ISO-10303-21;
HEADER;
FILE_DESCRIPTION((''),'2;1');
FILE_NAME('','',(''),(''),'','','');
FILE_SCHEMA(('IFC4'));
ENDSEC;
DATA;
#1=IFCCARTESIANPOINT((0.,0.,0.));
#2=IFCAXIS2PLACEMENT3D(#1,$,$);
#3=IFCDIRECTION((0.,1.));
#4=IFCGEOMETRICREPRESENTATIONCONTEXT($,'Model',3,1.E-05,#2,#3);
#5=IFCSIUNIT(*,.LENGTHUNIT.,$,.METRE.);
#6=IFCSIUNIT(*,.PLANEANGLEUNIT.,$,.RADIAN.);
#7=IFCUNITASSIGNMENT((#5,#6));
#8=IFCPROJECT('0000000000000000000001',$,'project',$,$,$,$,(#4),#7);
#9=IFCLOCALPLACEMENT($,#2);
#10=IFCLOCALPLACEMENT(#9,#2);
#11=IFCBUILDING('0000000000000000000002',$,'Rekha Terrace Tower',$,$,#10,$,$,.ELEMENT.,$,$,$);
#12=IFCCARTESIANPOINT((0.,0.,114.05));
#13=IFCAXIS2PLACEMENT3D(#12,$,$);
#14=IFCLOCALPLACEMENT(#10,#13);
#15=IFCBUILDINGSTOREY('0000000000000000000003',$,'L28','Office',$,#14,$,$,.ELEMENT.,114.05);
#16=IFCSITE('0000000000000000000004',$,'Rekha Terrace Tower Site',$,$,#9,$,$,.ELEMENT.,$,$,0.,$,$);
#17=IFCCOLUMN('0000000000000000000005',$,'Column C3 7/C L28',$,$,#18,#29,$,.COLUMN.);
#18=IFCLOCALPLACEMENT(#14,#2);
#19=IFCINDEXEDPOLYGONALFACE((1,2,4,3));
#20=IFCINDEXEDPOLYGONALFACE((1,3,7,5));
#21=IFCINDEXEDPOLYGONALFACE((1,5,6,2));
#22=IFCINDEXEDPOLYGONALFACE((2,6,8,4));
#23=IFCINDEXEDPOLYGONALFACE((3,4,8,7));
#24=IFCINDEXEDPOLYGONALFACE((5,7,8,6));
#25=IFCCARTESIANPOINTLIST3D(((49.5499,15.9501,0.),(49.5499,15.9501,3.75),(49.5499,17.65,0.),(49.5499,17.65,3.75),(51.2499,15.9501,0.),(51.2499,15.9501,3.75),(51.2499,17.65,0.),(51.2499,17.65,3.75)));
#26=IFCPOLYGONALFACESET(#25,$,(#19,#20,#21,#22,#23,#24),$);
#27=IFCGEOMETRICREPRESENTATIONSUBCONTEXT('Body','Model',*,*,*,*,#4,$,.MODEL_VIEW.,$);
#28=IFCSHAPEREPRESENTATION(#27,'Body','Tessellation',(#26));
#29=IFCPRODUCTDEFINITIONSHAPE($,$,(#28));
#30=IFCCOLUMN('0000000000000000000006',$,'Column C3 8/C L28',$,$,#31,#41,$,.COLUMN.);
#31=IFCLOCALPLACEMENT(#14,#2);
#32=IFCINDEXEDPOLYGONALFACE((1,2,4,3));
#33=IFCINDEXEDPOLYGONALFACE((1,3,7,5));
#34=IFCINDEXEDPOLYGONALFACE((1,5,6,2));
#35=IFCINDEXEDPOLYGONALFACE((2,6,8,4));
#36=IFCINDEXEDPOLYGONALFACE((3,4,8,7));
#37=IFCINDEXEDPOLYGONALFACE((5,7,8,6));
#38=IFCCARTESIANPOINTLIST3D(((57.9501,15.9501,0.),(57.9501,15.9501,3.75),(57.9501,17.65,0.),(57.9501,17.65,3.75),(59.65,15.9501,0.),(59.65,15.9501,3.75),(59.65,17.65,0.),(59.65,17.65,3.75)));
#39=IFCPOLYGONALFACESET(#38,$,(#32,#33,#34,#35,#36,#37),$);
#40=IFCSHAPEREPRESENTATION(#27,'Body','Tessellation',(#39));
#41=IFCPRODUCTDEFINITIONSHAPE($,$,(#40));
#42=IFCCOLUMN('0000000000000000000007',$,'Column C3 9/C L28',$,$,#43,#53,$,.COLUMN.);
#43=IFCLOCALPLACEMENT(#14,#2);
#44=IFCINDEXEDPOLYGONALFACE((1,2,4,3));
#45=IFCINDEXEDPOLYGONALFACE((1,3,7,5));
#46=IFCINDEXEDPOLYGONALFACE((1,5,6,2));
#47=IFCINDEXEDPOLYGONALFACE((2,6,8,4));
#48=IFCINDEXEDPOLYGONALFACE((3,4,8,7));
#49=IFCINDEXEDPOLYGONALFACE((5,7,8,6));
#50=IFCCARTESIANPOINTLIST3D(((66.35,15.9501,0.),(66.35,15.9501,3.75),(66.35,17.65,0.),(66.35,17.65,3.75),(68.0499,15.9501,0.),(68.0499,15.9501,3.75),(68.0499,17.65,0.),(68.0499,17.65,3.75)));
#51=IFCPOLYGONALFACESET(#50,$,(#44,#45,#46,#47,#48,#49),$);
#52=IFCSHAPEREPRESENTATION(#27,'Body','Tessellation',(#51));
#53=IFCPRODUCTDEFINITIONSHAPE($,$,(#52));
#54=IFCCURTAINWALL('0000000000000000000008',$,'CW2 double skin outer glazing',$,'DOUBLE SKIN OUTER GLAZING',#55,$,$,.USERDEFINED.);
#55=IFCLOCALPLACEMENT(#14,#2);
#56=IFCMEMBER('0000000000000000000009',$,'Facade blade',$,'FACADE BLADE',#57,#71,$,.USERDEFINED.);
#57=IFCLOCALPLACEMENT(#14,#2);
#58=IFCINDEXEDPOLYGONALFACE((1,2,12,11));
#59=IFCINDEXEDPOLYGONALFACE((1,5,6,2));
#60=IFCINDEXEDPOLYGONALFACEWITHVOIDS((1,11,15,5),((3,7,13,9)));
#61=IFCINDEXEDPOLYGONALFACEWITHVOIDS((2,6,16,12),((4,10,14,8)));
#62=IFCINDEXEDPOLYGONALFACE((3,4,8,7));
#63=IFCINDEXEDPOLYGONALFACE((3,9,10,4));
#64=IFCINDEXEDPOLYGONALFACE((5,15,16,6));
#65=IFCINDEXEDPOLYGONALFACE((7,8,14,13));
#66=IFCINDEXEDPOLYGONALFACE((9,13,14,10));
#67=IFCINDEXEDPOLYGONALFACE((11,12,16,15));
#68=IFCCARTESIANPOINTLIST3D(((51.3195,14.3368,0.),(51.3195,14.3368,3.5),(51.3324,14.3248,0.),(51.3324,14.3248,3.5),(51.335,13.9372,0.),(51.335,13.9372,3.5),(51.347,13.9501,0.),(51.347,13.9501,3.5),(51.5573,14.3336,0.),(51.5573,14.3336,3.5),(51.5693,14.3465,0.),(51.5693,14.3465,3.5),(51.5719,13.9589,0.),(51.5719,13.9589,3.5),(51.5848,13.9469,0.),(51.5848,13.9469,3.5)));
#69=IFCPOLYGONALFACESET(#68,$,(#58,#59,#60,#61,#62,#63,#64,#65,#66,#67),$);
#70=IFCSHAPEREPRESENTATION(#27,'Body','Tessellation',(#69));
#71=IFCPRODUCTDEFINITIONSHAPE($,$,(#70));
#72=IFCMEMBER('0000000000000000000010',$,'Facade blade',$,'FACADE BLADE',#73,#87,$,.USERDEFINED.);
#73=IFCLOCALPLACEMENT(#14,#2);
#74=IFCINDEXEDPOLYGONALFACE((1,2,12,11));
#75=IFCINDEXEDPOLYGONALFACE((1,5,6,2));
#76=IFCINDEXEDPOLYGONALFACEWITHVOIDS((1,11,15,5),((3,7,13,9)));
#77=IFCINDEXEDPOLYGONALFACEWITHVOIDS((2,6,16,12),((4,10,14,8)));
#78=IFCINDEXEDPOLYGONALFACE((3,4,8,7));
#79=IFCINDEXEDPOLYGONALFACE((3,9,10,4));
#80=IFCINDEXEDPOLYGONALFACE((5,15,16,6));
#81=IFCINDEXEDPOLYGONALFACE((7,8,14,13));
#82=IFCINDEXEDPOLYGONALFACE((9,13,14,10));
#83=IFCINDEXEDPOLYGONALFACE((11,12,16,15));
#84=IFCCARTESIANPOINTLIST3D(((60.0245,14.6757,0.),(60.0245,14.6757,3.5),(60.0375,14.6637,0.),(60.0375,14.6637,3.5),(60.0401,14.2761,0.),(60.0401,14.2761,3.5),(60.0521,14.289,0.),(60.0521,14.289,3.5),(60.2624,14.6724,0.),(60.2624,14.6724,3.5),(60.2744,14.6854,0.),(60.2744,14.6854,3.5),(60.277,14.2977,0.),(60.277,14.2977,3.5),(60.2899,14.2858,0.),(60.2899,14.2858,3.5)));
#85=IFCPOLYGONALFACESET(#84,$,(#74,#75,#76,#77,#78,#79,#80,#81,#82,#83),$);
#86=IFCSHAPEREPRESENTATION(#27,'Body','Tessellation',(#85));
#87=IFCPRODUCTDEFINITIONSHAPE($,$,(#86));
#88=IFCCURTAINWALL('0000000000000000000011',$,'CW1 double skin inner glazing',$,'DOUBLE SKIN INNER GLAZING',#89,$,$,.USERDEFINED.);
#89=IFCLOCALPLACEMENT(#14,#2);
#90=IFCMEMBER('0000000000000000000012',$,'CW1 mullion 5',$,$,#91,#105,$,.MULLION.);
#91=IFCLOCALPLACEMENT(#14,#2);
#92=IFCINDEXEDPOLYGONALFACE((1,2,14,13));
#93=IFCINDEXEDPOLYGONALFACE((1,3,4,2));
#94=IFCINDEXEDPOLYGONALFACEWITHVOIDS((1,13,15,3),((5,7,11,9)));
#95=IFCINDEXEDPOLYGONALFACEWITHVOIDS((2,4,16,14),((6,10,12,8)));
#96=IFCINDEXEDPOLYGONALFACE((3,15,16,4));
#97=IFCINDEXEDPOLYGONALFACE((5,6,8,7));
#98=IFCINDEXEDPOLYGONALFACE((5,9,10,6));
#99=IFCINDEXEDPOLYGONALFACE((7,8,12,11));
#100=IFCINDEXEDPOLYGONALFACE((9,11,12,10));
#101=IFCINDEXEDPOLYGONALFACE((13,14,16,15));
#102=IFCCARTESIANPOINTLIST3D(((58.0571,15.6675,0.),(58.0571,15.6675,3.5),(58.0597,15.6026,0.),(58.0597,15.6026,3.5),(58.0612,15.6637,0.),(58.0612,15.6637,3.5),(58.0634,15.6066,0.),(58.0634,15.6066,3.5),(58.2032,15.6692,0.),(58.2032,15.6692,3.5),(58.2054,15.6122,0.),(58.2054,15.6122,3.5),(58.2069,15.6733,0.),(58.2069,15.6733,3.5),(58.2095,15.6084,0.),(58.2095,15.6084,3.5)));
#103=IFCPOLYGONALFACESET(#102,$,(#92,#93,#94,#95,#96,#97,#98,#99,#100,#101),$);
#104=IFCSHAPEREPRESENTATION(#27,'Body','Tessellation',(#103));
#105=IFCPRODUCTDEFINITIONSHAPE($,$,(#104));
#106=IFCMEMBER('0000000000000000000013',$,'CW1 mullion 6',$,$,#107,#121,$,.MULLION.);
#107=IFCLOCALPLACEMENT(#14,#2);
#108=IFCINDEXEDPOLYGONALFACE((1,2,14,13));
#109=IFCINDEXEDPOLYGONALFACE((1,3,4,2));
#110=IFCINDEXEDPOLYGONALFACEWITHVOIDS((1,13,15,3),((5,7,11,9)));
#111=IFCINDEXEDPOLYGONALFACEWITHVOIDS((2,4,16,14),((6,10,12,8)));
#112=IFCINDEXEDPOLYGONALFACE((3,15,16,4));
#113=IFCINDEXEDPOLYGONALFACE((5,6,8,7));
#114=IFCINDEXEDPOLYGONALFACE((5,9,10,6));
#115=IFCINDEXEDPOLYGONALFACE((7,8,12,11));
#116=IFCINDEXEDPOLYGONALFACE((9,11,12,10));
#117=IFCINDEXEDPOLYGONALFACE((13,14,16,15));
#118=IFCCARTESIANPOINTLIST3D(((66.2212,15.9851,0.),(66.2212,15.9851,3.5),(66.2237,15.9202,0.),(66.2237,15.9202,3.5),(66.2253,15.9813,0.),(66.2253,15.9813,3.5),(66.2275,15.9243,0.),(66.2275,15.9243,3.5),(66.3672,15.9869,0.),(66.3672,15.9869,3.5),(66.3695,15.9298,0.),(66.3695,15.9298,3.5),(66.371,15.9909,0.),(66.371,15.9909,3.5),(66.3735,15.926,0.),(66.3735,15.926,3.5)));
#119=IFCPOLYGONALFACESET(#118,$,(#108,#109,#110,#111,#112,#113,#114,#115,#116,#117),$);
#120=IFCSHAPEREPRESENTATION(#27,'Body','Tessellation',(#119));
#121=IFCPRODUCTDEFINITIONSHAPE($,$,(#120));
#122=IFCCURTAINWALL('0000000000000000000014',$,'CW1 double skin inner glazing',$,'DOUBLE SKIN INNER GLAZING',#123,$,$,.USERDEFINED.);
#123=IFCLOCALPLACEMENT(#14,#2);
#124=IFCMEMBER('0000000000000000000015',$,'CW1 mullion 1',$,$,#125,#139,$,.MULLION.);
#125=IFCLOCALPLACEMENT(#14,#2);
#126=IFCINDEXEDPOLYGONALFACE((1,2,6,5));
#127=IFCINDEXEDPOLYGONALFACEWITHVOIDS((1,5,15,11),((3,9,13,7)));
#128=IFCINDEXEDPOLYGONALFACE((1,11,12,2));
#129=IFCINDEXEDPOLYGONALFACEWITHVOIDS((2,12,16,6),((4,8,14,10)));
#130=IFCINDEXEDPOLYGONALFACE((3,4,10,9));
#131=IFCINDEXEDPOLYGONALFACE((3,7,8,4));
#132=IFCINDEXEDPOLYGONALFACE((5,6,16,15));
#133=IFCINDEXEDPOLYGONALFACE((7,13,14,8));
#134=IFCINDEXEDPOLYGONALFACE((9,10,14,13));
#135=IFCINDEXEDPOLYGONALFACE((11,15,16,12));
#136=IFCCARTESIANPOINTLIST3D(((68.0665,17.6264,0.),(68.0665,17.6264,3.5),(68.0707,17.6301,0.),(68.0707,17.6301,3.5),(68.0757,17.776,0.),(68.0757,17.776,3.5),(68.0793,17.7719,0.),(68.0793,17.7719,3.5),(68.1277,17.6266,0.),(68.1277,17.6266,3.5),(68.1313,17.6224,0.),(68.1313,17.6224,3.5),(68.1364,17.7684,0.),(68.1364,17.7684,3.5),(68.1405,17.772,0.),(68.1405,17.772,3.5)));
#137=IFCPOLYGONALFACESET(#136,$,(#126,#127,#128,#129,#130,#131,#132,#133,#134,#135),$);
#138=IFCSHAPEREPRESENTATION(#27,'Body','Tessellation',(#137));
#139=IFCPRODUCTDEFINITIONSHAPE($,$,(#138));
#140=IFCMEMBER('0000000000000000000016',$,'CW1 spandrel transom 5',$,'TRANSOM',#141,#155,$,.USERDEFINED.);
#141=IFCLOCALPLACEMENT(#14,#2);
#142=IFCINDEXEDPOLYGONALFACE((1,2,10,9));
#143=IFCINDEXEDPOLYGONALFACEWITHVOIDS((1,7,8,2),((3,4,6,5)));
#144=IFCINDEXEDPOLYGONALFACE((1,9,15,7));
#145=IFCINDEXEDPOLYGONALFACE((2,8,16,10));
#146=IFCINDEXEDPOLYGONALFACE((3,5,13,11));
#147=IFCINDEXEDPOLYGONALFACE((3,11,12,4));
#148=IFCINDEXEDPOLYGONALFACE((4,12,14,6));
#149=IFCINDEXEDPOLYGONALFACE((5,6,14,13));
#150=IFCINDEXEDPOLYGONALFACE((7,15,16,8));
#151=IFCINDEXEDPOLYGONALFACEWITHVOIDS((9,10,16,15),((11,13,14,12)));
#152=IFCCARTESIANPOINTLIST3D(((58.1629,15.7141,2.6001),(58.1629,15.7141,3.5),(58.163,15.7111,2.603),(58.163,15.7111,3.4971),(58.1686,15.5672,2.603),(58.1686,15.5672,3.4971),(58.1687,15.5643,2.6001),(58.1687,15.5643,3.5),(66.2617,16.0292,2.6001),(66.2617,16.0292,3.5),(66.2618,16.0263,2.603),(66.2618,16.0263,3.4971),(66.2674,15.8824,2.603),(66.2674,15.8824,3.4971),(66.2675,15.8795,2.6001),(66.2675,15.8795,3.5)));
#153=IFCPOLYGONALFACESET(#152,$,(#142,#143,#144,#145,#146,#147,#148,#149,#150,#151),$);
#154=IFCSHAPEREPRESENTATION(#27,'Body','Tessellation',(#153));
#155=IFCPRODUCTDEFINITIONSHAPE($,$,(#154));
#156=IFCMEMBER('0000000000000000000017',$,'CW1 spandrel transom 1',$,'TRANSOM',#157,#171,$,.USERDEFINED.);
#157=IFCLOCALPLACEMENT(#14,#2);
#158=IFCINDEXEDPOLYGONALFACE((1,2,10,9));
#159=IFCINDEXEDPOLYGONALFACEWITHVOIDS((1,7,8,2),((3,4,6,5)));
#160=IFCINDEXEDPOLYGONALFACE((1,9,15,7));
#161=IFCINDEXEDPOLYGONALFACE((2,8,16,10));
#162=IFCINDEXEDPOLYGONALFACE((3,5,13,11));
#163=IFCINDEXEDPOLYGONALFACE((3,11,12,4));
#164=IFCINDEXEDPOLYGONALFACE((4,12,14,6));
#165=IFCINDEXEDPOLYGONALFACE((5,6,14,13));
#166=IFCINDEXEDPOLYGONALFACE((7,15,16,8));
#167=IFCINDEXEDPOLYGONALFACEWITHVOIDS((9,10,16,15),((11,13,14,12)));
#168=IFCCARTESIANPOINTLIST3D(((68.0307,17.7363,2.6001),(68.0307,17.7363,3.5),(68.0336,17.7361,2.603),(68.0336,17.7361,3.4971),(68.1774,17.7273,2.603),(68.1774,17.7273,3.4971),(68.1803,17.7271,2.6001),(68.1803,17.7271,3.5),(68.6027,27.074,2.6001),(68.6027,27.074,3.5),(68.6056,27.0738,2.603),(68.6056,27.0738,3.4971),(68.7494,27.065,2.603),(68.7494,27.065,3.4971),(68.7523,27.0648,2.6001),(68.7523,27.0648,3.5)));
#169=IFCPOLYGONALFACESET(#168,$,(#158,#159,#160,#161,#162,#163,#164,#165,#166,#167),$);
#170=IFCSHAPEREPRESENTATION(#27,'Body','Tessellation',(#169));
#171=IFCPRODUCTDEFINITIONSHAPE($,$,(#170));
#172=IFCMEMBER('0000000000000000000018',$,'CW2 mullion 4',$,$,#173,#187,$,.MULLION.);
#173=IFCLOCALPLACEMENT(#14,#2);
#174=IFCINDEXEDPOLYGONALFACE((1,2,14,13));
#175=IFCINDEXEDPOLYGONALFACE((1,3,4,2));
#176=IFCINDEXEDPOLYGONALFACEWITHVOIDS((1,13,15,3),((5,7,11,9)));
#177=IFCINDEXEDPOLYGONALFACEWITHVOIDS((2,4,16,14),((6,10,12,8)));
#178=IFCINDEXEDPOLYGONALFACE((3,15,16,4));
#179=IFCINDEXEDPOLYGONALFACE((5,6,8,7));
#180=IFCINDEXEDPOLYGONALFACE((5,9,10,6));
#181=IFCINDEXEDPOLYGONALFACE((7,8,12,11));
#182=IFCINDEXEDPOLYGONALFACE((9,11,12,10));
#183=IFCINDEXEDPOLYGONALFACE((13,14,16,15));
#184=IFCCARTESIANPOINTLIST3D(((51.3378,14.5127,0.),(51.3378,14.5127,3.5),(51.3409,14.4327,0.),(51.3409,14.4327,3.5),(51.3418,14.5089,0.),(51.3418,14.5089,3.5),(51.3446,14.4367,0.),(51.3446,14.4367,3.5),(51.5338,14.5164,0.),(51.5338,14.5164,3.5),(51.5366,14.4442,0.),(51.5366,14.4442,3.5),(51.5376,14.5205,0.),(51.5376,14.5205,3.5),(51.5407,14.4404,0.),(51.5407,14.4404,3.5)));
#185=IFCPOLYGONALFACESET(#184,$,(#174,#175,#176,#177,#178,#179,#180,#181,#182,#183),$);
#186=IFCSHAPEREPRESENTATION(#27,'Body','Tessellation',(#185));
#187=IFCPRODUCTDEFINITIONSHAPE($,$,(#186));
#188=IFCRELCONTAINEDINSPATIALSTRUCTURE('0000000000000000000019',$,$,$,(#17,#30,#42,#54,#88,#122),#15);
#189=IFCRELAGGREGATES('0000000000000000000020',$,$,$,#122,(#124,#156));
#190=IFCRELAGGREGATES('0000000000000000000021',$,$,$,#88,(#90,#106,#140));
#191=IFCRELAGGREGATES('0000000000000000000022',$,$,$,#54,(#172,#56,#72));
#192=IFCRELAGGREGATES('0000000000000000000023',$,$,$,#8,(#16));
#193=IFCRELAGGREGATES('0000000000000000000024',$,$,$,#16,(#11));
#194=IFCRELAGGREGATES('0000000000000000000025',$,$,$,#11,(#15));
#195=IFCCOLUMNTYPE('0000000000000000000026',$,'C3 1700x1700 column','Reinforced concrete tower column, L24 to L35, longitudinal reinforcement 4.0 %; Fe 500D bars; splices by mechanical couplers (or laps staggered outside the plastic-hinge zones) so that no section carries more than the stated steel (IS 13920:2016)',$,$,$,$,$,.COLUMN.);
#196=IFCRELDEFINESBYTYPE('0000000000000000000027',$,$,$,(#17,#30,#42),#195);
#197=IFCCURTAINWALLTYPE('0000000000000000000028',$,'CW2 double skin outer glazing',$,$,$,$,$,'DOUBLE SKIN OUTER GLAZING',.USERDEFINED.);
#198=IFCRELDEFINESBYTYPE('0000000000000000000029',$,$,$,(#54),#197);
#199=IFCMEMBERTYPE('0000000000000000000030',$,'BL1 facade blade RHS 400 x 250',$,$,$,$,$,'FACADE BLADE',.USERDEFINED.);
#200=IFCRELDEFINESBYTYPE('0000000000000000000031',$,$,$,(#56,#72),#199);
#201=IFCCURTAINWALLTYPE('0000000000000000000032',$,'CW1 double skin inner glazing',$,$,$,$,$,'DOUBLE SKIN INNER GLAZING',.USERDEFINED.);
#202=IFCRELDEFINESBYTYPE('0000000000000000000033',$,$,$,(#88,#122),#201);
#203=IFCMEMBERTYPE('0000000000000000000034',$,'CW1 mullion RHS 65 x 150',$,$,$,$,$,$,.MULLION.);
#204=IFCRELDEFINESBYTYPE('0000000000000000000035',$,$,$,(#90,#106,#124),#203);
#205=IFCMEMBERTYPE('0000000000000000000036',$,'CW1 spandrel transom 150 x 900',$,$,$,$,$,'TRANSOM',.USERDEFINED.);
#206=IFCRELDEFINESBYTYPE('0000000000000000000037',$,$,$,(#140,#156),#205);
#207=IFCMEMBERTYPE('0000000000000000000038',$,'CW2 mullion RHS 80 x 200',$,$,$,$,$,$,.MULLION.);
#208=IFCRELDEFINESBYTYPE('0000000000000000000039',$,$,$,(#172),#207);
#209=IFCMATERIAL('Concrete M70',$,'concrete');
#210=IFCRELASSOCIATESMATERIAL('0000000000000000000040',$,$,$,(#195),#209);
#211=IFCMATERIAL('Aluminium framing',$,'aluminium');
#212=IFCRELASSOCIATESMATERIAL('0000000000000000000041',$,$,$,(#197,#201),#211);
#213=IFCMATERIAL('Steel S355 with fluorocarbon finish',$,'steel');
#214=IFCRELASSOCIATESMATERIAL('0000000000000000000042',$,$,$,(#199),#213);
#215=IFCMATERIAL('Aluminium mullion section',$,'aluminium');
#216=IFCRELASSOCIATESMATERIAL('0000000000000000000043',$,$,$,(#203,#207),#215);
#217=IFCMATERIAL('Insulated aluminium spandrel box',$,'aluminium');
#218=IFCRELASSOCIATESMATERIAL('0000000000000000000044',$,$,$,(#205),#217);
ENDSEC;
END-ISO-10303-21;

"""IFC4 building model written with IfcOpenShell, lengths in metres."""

from ifc_helpers import new_model, si_unit, direction, frame, origin, origin_2d, place, context, subcontext, project, spatial, rectangle, hollow_rectangle, extrude, material, material_profile, profile_set, type_object, element, aggregate, save


model = new_model("IFC4")

# Units and contexts
model_context = context("Model", 3, precision=1e-05, world=origin(), true_north=direction((0.0, 1.0)))
body_context = subcontext(model_context, "Body", "Model", "MODEL_VIEW")
ifc_project = project(units=[si_unit("LENGTHUNIT", "METRE"), si_unit("PLANEANGLEUNIT", "RADIAN")], contexts=[model_context])

# Site, building, storey
site_placement = place(None, origin())
site = spatial("IfcSite", under=ifc_project, at=site_placement, Name="Rekha Terrace Tower Site", CompositionType="ELEMENT", RefElevation=0.0)
building_placement = place(site_placement, origin())
building = spatial("IfcBuilding", under=site, at=building_placement, Name="Rekha Terrace Tower", CompositionType="ELEMENT")
storey_placement = place(building_placement, frame((0.0, 0.0, 114.05)))
storey = spatial("IfcBuildingStorey", under=building, at=storey_placement, Name="L28", Description="Office", CompositionType="ELEMENT", Elevation=114.05)

# Columns
ifc_material_1 = material(Name="Concrete M70", Category="concrete")
ifc_material_profile_1 = material_profile(ifc_material_1, rectangle(XDim=1.7, YDim=1.7, at=origin_2d()), Name="RC 1700x1700")
ifc_profile_set_1 = profile_set([ifc_material_profile_1], Name="Concrete M70")
column_type = type_object("IfcColumnType", Name="C3 1700x1700 column", Description="Reinforced concrete tower column, L24 to L35, longitudinal reinforcement 4.0 %; Fe 500D bars; splices by mechanical couplers (or laps staggered outside the plastic-hinge zones) so that no section carries more than the stated steel (IS 13920:2016)", PredefinedType="COLUMN", material=ifc_profile_set_1)
for number, where, z_axis, x_axis, name in (
    (1, (50.3999, 16.8, 0.0), (0.0, 0.0, 1.0), (1.0, 0.0, 0.0), "Column C3 7/C L28"),
    (2, (58.8, 16.8, 0.0), (0.0, 0.0, 1.0), (1.0, 0.0, 0.0), "Column C3 8/C L28"),
    (3, (67.2, 16.8, 0.0), (0.0, 0.0, 1.0), (1.0, 0.0, 0.0), "Column C3 9/C L28"),
):
    element("IfcColumn", number, at=place(storey_placement, frame(where, z_axis=z_axis, x_axis=x_axis)), inside=storey, type_object=column_type, Name=name, PredefinedType="COLUMN", context=body_context, shape_type="SweptSolid", body=[
        extrude(rectangle(XDim=1.7, YDim=1.7, at=origin_2d()), origin(), (0.0, 0.0, 1.0), 3.75),
    ])

# Curtain walls, members
ifc_material_2 = material(Name="Aluminium framing", Category="aluminium")
curtain_wall_type_1 = type_object("IfcCurtainWallType", Name="CW2 double skin outer glazing", ElementType="DOUBLE SKIN OUTER GLAZING", PredefinedType="USERDEFINED", material=ifc_material_2)
curtain_wall_1_placement = place(storey_placement, origin())
curtain_wall_1 = element("IfcCurtainWall", 4, at=curtain_wall_1_placement, inside=storey, type_object=curtain_wall_type_1, Name="CW2 double skin outer glazing", ObjectType="DOUBLE SKIN OUTER GLAZING", PredefinedType="USERDEFINED")
ifc_material_3 = material(Name="Steel S355 with fluorocarbon finish", Category="steel")
ifc_material_profile_2 = material_profile(ifc_material_3, hollow_rectangle(XDim=0.25, YDim=0.3999, WallThickness=0.0125, at=origin_2d()), Name="RHS400x250x12.5")
ifc_profile_set_2 = profile_set([ifc_material_profile_2], Name="Steel S355 with fluorocarbon finish")
member_type_1 = type_object("IfcMemberType", Name="BL1 facade blade RHS 400 x 250", ElementType="FACADE BLADE", PredefinedType="USERDEFINED", material=ifc_profile_set_2)
member_1_placement = place(storey_placement, frame((51.4521, 14.1418, 0.0), z_axis=(0.0, 0.0, 1.0), x_axis=(0.999243, 0.03889, 0.0)))
member_1 = element("IfcMember", 5, at=member_1_placement, type_object=member_type_1, Name="Facade blade", ObjectType="FACADE BLADE", PredefinedType="USERDEFINED", context=body_context, shape_type="SweptSolid", body=[
    extrude(hollow_rectangle(XDim=0.25, YDim=0.3999, WallThickness=0.0125, at=origin_2d()), origin(), (0.0, 0.0, 1.0), 3.5),
])
member_2_placement = place(storey_placement, frame((60.1572, 14.4807, 0.0), z_axis=(0.0, 0.0, 1.0), x_axis=(0.999243, 0.03889, 0.0)))
member_2 = element("IfcMember", 6, at=member_2_placement, type_object=member_type_1, Name="Facade blade", ObjectType="FACADE BLADE", PredefinedType="USERDEFINED", context=body_context, shape_type="SweptSolid", body=[
    extrude(hollow_rectangle(XDim=0.25, YDim=0.3999, WallThickness=0.0125, at=origin_2d()), origin(), (0.0, 0.0, 1.0), 3.5),
])
curtain_wall_type_2 = type_object("IfcCurtainWallType", Name="CW1 double skin inner glazing", ElementType="DOUBLE SKIN INNER GLAZING", PredefinedType="USERDEFINED", material=ifc_material_2)
curtain_wall_2_placement = place(storey_placement, origin())
curtain_wall_2 = element("IfcCurtainWall", 7, at=curtain_wall_2_placement, inside=storey, type_object=curtain_wall_type_2, Name="CW1 double skin inner glazing", ObjectType="DOUBLE SKIN INNER GLAZING", PredefinedType="USERDEFINED")
ifc_material_4 = material(Name="Aluminium mullion section", Category="aluminium")
ifc_material_profile_3 = material_profile(ifc_material_4, hollow_rectangle(XDim=0.0649, YDim=0.1499, WallThickness=0.0039, at=origin_2d()), Name="AL RHS 65x150")
ifc_profile_set_3 = profile_set([ifc_material_profile_3], Name="Aluminium mullion section")
member_type_2 = type_object("IfcMemberType", Name="CW1 mullion RHS 65 x 150", PredefinedType="MULLION", material=ifc_profile_set_3)
member_3_placement = place(storey_placement, frame((58.1333, 15.6379, 0.0), z_axis=(0.0, 0.0, 1.0), x_axis=(-0.03889, 0.999243, 0.0)))
member_3 = element("IfcMember", 8, at=member_3_placement, type_object=member_type_2, Name="CW1 mullion 5", PredefinedType="MULLION", context=body_context, shape_type="SweptSolid", body=[
    extrude(hollow_rectangle(XDim=0.0649, YDim=0.1499, WallThickness=0.0039, at=origin_2d()), origin(), (0.0, 0.0, 1.0), 3.5),
])
member_4_placement = place(storey_placement, frame((66.2974, 15.9556, 0.0), z_axis=(0.0, 0.0, 1.0), x_axis=(-0.03889, 0.999243, 0.0)))
member_4 = element("IfcMember", 9, at=member_4_placement, type_object=member_type_2, Name="CW1 mullion 6", PredefinedType="MULLION", context=body_context, shape_type="SweptSolid", body=[
    extrude(hollow_rectangle(XDim=0.0649, YDim=0.1499, WallThickness=0.0039, at=origin_2d()), origin(), (0.0, 0.0, 1.0), 3.5),
])

# Curtain wall, member
curtain_wall_3_placement = place(storey_placement, origin())
curtain_wall_3 = element("IfcCurtainWall", 10, at=curtain_wall_3_placement, inside=storey, type_object=curtain_wall_type_2, Name="CW1 double skin inner glazing", ObjectType="DOUBLE SKIN INNER GLAZING", PredefinedType="USERDEFINED")
member_5_placement = place(storey_placement, frame((68.1035, 17.6992, 0.0), z_axis=(0.0, 0.0, 1.0), x_axis=(-0.998128, 0.06116, 0.0)))
member_5 = element("IfcMember", 11, at=member_5_placement, type_object=member_type_2, Name="CW1 mullion 1", PredefinedType="MULLION", context=body_context, shape_type="SweptSolid", body=[
    extrude(hollow_rectangle(XDim=0.0649, YDim=0.1499, WallThickness=0.0039, at=origin_2d()), origin(), (0.0, 0.0, 1.0), 3.5),
])

# Members
ifc_material_5 = material(Name="Insulated aluminium spandrel box", Category="aluminium")
ifc_material_profile_4 = material_profile(ifc_material_5, hollow_rectangle(XDim=0.1499, YDim=0.8999, WallThickness=0.0029, at=origin_2d()), Name="AL SPANDREL BOX 150x900")
ifc_profile_set_4 = profile_set([ifc_material_profile_4], Name="Insulated aluminium spandrel box")
member_type_3 = type_object("IfcMemberType", Name="CW1 spandrel transom 150 x 900", ElementType="TRANSOM", PredefinedType="USERDEFINED", material=ifc_profile_set_4)
member_6_placement = place(storey_placement, frame((58.1658, 15.6392, 3.05), z_axis=(0.999244, 0.038888, 0.0), x_axis=(-0.038888, 0.999244, 0.0)))
member_6 = element("IfcMember", 12, at=member_6_placement, type_object=member_type_3, Name="CW1 spandrel transom 5", ObjectType="TRANSOM", PredefinedType="USERDEFINED", context=body_context, shape_type="SweptSolid", body=[
    extrude(hollow_rectangle(XDim=0.1499, YDim=0.8999, WallThickness=0.0029, at=origin_2d()), origin(), (0.0, 0.0, 1.0), 8.105),
])
member_7_placement = place(storey_placement, frame((68.1055, 17.7317, 3.05), z_axis=(0.061145, 0.998129, 0.0), x_axis=(-0.998129, 0.061145, 0.0)))
member_7 = element("IfcMember", 13, at=member_7_placement, type_object=member_type_3, Name="CW1 spandrel transom 1", ObjectType="TRANSOM", PredefinedType="USERDEFINED", context=body_context, shape_type="SweptSolid", body=[
    extrude(hollow_rectangle(XDim=0.1499, YDim=0.8999, WallThickness=0.0029, at=origin_2d()), origin(), (0.0, 0.0, 1.0), 9.3552),
])
aggregate(curtain_wall_3, [member_5, member_7])
ifc_material_profile_5 = material_profile(ifc_material_4, hollow_rectangle(XDim=0.0801, YDim=0.2, WallThickness=0.0039, at=origin_2d()), Name="AL RHS 80x200")
ifc_profile_set_5 = profile_set([ifc_material_profile_5], Name="Aluminium mullion section")
member_type_4 = type_object("IfcMemberType", Name="CW2 mullion RHS 80 x 200", PredefinedType="MULLION", material=ifc_profile_set_5)
member_8_placement = place(storey_placement, frame((51.4392, 14.4766, 0.0), z_axis=(0.0, 0.0, 1.0), x_axis=(-0.03889, 0.999243, 0.0)))
member_8 = element("IfcMember", 14, at=member_8_placement, type_object=member_type_4, Name="CW2 mullion 4", PredefinedType="MULLION", context=body_context, shape_type="SweptSolid", body=[
    extrude(hollow_rectangle(XDim=0.0801, YDim=0.2, WallThickness=0.0039, at=origin_2d()), origin(), (0.0, 0.0, 1.0), 3.5),
])

aggregate(curtain_wall_2, [member_3, member_4, member_6])
aggregate(curtain_wall_1, [member_8, member_1, member_2])

save(model, "model.ifc")
